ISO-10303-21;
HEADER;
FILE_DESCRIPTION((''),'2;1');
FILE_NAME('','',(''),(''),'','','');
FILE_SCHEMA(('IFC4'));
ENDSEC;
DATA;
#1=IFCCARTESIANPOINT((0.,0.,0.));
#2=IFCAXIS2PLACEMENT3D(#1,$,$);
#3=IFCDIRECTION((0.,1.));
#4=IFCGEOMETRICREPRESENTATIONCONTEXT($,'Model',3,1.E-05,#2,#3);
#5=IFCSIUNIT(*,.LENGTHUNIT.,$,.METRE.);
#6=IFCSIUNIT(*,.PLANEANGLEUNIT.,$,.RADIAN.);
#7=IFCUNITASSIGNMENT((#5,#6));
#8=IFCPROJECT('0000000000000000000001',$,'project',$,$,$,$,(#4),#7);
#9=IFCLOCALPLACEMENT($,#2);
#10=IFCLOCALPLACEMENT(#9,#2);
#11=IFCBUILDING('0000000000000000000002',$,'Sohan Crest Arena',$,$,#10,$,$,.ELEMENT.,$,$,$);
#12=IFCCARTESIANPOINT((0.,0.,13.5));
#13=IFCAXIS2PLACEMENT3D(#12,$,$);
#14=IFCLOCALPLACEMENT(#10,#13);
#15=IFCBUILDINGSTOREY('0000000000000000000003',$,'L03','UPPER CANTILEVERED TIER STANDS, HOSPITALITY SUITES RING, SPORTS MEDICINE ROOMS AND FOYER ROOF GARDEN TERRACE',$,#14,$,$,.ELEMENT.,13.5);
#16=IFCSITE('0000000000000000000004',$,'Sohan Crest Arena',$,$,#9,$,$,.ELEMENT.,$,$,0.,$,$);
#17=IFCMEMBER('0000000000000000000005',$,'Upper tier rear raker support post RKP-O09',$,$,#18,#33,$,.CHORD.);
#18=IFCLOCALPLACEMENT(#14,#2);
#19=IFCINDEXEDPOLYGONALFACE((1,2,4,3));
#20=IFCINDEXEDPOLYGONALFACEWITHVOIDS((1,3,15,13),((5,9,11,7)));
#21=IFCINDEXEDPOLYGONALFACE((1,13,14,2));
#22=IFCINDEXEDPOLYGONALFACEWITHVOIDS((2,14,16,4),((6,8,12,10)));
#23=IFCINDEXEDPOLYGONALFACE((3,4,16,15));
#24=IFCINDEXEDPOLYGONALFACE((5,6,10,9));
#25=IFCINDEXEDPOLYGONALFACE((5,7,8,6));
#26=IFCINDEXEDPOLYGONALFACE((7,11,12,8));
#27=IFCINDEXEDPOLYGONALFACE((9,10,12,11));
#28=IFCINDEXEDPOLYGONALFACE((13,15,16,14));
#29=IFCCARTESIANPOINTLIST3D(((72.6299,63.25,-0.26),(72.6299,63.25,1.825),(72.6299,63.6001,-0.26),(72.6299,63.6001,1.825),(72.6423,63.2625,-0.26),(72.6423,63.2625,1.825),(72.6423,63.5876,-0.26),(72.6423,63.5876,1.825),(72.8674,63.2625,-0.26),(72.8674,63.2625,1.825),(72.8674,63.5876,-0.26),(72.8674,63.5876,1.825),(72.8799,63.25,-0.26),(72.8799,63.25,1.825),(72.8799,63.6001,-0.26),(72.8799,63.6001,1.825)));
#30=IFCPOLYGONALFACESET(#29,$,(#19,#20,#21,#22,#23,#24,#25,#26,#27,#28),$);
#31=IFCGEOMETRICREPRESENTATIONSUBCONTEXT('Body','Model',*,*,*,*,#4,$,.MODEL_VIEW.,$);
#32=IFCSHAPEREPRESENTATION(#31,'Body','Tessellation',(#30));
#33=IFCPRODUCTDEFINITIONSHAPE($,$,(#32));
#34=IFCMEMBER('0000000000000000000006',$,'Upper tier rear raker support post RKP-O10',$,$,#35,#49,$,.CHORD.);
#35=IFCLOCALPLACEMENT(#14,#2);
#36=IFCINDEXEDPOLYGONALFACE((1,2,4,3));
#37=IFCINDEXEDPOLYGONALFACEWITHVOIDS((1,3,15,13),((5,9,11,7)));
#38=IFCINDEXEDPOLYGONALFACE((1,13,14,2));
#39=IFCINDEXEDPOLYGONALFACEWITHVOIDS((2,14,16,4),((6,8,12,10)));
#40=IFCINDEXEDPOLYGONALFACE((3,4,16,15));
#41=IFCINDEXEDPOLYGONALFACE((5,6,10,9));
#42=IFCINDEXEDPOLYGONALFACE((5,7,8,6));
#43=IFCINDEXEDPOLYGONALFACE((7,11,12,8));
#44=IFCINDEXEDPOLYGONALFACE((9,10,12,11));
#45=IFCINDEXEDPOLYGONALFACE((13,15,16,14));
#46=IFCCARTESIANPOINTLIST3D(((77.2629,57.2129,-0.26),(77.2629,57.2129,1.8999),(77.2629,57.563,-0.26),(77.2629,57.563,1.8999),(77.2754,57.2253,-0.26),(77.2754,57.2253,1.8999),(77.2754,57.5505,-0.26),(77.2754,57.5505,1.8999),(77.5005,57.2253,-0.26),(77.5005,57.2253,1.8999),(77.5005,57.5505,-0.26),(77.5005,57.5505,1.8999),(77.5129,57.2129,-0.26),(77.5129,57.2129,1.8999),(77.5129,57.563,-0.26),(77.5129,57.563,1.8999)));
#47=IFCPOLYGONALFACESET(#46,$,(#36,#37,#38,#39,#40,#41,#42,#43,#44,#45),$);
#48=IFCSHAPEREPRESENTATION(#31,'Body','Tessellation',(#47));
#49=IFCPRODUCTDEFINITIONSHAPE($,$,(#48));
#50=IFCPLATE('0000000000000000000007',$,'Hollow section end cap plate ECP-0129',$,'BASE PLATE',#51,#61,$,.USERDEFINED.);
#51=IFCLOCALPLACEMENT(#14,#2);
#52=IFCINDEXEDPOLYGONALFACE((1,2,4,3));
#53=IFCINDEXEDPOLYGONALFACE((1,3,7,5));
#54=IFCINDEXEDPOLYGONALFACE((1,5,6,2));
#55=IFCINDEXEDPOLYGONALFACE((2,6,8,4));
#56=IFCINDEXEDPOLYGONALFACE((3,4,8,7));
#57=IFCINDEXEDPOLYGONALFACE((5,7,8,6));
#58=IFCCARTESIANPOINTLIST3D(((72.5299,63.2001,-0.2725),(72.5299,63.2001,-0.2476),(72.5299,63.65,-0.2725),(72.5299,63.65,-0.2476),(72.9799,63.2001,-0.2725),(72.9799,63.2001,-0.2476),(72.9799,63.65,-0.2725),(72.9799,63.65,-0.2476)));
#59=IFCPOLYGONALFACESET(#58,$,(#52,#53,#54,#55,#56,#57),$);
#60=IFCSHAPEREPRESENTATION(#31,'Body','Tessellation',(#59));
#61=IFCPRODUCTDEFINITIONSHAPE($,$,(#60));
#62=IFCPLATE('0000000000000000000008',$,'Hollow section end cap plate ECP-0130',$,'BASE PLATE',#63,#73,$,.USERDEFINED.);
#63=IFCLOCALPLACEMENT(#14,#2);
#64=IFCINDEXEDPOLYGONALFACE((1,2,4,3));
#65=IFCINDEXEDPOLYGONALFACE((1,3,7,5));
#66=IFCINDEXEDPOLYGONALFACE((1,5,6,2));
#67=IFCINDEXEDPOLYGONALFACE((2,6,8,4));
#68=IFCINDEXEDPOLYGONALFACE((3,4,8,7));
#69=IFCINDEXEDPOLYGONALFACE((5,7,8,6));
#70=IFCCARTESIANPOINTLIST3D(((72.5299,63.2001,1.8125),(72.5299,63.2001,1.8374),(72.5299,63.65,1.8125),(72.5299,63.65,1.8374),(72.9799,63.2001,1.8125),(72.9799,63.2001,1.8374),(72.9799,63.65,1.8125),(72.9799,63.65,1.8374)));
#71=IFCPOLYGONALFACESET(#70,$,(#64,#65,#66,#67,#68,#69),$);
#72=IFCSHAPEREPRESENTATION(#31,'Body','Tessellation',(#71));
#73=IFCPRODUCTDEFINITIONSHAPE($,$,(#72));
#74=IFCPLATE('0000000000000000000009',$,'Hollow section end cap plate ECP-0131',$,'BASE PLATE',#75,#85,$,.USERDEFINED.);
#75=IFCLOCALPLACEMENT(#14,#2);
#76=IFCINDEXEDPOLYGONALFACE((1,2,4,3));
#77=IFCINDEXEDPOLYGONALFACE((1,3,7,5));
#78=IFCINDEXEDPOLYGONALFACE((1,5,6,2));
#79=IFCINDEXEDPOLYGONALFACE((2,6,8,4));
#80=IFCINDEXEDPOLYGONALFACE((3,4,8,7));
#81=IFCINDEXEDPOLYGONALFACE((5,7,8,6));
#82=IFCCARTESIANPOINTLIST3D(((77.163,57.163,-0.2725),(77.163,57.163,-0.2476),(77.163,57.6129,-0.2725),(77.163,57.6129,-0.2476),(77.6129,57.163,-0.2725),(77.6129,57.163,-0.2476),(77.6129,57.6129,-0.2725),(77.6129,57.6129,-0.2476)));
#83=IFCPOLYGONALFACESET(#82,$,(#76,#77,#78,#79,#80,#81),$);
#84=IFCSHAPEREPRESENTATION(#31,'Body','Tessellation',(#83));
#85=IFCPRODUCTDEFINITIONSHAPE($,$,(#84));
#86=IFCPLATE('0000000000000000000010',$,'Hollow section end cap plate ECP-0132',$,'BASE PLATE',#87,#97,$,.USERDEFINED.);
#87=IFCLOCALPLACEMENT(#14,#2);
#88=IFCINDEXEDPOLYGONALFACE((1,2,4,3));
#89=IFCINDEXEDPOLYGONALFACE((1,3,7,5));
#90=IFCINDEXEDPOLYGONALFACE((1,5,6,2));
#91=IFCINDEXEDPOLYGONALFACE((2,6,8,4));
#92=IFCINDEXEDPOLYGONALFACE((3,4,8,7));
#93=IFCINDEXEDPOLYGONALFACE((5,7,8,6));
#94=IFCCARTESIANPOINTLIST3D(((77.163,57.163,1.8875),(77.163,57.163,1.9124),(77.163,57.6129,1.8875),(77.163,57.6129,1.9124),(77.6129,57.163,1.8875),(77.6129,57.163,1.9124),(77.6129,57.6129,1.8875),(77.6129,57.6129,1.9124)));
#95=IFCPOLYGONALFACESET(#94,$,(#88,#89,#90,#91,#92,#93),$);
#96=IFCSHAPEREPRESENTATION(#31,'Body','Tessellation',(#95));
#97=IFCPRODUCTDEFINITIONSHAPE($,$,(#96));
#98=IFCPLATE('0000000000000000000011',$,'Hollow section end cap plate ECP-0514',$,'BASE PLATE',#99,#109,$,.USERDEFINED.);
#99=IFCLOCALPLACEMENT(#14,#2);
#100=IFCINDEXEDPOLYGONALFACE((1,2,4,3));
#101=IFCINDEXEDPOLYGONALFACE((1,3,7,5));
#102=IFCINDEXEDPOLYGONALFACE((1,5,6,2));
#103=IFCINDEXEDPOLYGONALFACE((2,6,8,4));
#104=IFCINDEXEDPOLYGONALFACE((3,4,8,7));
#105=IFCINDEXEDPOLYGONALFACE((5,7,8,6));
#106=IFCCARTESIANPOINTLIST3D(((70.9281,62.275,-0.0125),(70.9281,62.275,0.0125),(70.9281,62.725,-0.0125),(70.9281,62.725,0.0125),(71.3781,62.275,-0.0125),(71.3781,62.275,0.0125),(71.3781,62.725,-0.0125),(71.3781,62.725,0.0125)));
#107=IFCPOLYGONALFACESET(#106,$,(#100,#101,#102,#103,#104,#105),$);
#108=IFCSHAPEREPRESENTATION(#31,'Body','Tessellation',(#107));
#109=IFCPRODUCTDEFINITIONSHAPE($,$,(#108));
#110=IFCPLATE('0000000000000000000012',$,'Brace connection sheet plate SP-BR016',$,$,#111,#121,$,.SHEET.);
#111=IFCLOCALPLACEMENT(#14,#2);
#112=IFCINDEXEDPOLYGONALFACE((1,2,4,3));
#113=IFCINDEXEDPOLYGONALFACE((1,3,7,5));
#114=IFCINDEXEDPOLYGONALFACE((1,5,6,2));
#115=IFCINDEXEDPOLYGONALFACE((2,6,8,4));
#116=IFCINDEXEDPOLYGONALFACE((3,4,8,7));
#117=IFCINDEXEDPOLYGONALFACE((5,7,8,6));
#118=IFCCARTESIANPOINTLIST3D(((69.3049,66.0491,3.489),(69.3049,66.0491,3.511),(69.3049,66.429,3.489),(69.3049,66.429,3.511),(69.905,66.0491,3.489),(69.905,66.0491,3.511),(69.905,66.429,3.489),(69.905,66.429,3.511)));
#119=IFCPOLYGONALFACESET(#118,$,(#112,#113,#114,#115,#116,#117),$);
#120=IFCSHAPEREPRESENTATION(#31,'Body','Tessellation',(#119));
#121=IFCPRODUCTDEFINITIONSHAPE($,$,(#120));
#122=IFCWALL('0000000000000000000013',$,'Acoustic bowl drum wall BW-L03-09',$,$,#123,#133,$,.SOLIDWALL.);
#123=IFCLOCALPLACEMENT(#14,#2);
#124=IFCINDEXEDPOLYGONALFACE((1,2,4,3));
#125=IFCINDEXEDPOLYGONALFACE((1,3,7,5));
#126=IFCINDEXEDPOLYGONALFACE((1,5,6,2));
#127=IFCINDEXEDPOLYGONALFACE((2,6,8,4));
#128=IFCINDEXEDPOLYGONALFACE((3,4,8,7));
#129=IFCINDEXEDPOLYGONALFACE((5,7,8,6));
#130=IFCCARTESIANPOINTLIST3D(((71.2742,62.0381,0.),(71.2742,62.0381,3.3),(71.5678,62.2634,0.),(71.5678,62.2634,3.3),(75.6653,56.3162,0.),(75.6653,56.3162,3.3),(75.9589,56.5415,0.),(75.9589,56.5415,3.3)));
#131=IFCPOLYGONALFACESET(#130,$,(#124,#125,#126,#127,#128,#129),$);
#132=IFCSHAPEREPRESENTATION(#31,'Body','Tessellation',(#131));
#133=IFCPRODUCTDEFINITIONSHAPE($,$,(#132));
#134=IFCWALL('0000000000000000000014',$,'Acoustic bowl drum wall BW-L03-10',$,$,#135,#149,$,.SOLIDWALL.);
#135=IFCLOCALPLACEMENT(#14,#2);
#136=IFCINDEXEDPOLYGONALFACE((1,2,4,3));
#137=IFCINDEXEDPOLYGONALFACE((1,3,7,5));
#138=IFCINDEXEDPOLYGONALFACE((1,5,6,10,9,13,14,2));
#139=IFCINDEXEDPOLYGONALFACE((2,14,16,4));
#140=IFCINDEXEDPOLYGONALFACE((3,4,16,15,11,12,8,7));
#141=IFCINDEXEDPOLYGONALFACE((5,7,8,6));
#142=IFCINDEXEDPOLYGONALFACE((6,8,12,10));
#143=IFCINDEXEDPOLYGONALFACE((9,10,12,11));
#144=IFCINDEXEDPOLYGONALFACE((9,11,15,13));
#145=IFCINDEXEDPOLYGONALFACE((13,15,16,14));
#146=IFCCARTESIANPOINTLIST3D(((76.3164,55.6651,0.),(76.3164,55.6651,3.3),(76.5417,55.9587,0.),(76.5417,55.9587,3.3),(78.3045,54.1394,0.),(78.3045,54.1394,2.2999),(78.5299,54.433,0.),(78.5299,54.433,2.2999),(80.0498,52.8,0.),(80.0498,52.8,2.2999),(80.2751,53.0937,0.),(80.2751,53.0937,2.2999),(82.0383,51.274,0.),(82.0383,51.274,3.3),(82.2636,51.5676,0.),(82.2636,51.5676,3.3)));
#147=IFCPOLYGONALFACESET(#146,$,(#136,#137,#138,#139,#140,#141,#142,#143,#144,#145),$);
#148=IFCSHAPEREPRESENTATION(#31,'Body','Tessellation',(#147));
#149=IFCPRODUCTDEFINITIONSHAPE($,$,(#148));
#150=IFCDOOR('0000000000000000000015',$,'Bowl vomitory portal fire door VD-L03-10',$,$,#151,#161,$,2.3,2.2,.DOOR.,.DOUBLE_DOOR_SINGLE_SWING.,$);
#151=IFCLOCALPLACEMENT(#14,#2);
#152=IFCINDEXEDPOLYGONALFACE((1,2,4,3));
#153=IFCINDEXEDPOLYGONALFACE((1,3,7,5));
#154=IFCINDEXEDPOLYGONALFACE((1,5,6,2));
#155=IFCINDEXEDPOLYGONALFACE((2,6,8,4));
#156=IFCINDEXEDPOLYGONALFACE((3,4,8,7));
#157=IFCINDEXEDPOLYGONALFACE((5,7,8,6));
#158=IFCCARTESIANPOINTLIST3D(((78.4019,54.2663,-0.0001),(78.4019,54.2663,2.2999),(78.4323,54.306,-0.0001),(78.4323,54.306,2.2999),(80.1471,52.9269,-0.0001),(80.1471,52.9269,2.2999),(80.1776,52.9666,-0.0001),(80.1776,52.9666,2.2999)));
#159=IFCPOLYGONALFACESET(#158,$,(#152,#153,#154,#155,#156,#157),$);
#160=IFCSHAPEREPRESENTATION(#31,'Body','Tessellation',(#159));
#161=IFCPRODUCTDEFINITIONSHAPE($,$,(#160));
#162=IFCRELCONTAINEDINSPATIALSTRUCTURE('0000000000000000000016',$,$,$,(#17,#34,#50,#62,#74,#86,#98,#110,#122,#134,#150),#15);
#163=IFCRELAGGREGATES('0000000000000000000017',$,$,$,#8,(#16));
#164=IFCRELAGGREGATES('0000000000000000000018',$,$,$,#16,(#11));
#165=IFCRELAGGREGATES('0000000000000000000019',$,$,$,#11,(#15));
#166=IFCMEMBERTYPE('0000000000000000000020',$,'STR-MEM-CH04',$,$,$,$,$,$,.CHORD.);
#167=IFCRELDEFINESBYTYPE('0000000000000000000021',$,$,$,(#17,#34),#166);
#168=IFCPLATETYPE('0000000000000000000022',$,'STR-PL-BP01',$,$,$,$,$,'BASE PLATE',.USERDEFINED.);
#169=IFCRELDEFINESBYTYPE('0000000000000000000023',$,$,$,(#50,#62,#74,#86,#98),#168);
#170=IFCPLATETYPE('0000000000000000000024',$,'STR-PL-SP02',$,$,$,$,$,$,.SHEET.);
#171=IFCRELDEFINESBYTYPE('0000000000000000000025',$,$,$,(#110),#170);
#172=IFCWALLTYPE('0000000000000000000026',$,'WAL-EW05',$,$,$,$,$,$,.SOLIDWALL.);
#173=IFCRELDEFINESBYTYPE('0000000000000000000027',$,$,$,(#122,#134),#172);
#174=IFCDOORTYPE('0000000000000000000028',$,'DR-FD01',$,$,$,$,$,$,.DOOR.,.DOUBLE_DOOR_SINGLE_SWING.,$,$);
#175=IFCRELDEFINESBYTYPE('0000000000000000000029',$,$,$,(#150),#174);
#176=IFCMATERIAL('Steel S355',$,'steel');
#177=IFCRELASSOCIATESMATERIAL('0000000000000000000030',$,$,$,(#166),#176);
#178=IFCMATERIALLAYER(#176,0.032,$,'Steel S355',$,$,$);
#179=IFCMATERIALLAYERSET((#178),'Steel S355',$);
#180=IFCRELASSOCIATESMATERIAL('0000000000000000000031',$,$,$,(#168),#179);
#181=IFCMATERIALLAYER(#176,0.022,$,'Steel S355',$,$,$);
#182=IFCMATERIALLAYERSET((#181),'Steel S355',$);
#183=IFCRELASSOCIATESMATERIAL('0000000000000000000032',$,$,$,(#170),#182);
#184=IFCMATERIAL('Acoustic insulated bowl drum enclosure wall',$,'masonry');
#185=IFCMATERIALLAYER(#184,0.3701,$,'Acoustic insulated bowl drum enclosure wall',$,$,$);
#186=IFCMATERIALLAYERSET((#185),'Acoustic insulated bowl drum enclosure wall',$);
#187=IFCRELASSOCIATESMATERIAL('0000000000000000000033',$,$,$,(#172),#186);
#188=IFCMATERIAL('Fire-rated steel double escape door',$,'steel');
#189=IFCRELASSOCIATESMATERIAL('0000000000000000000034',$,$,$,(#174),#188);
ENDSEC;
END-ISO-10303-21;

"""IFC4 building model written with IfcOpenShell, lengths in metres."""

from ifc_helpers import new_model, si_unit, direction, frame, frame_2d, origin, origin_2d, place, context, subcontext, project, spatial, rectangle, hollow_rectangle, extrude, material, layer, layer_set, material_profile, profile_set, type_object, element, fill, save


model = new_model("IFC4")

# Units and contexts
model_context = context("Model", 3, precision=1e-05, world=origin(), true_north=direction((0.0, 1.0)))
body_context = subcontext(model_context, "Body", "Model", "MODEL_VIEW")
ifc_project = project(units=[si_unit("LENGTHUNIT", "METRE"), si_unit("PLANEANGLEUNIT", "RADIAN")], contexts=[model_context])

# Site, building, storey
site_placement = place(None, origin())
site = spatial("IfcSite", under=ifc_project, at=site_placement, Name="Sohan Crest Arena", CompositionType="ELEMENT", RefElevation=0.0)
building_placement = place(site_placement, origin())
building = spatial("IfcBuilding", under=site, at=building_placement, Name="Sohan Crest Arena", CompositionType="ELEMENT")
storey_placement = place(building_placement, frame((0.0, 0.0, 13.5)))
storey = spatial("IfcBuildingStorey", under=building, at=storey_placement, Name="L03", Description="UPPER CANTILEVERED TIER STANDS, HOSPITALITY SUITES RING, SPORTS MEDICINE ROOMS AND FOYER ROOF GARDEN TERRACE", CompositionType="ELEMENT", Elevation=13.5)

# Shared definitions
ifc_material_1 = material(Name="Steel S355", Category="steel")

# Members
ifc_material_profile_1 = material_profile(ifc_material_1, hollow_rectangle(XDim=0.25, YDim=0.3501, WallThickness=0.0125, at=origin_2d()), Name="RHS 350x250x12.5")
ifc_profile_set_1 = profile_set([ifc_material_profile_1], Name="Steel S355")
member_type_1 = type_object("IfcMemberType", Name="STR-MEM-CH04", PredefinedType="CHORD", material=ifc_profile_set_1)
member_1_placement = place(storey_placement, frame((72.7549, 63.425, -0.26), z_axis=(0.0, 0.0, 1.0), x_axis=(1.0, 0.0, 0.0)))
element("IfcMember", 1, at=member_1_placement, inside=storey, type_object=member_type_1, Name="Upper tier rear raker support post RKP-O09", PredefinedType="CHORD", context=body_context, shape_type="SweptSolid", body=[
    extrude(hollow_rectangle(XDim=0.25, YDim=0.3501, WallThickness=0.0125, at=origin_2d()), origin(), (0.0, 0.0, 1.0), 2.085),
])
member_2_placement = place(storey_placement, frame((77.3879, 57.3879, -0.26), z_axis=(0.0, 0.0, 1.0), x_axis=(1.0, 0.0, 0.0)))
element("IfcMember", 2, at=member_2_placement, inside=storey, type_object=member_type_1, Name="Upper tier rear raker support post RKP-O10", PredefinedType="CHORD", context=body_context, shape_type="SweptSolid", body=[
    extrude(hollow_rectangle(XDim=0.25, YDim=0.3501, WallThickness=0.0125, at=origin_2d()), origin(), (0.0, 0.0, 1.0), 2.1599),
])

# Plates
ifc_layer_1 = layer(ifc_material_1, 0.032, Name="Steel S355")
ifc_layer_set_1 = layer_set([ifc_layer_1], Name="Steel S355")
plate_type_1 = type_object("IfcPlateType", Name="STR-PL-BP01", ElementType="BASE PLATE", PredefinedType="USERDEFINED", material=ifc_layer_set_1)
for number, where, z_axis, x_axis, name in (
    (3, (72.7549, 63.425, -0.2725), (0.0, 0.0, 1.0), (1.0, 0.0, 0.0), "Hollow section end cap plate ECP-0129"),
    (4, (72.7549, 63.425, 1.8125), (0.0, 0.0, 1.0), (1.0, 0.0, 0.0), "Hollow section end cap plate ECP-0130"),
    (5, (77.3879, 57.3879, -0.2725), (0.0, 0.0, 1.0), (1.0, 0.0, 0.0), "Hollow section end cap plate ECP-0131"),
    (6, (77.3879, 57.3879, 1.8875), (0.0, 0.0, 1.0), (1.0, 0.0, 0.0), "Hollow section end cap plate ECP-0132"),
    (7, (71.1531, 62.5, -0.0125), (0.0, 0.0, 1.0), (1.0, 0.0, 0.0), "Hollow section end cap plate ECP-0514"),
):
    element("IfcPlate", number, at=place(storey_placement, frame(where, z_axis=z_axis, x_axis=x_axis)), inside=storey, type_object=plate_type_1, Name=name, ObjectType="BASE PLATE", PredefinedType="USERDEFINED", context=body_context, shape_type="SweptSolid", body=[
        extrude(rectangle(XDim=0.45, YDim=0.45, at=origin_2d()), origin(), (0.0, 0.0, 1.0), 0.0249),
    ])
ifc_layer_2 = layer(ifc_material_1, 0.022, Name="Steel S355")
ifc_layer_set_2 = layer_set([ifc_layer_2], Name="Steel S355")
plate_type_2 = type_object("IfcPlateType", Name="STR-PL-SP02", PredefinedType="SHEET", material=ifc_layer_set_2)
plate_placement = place(storey_placement, frame((69.605, 66.239, 3.489), z_axis=(0.0, 0.0, 1.0), x_axis=(1.0, 0.0, 0.0)))
element("IfcPlate", 8, at=plate_placement, inside=storey, type_object=plate_type_2, Name="Brace connection sheet plate SP-BR016", PredefinedType="SHEET", context=body_context, shape_type="SweptSolid", body=[
    extrude(rectangle(XDim=0.6001, YDim=0.3799, at=origin_2d()), origin(), (0.0, 0.0, 1.0), 0.022),
])

# Wall
ifc_material_2 = material(Name="Acoustic insulated bowl drum enclosure wall", Category="masonry")
ifc_layer_3 = layer(ifc_material_2, 0.3701, Name="Acoustic insulated bowl drum enclosure wall")
ifc_layer_set_3 = layer_set([ifc_layer_3], Name="Acoustic insulated bowl drum enclosure wall")
wall_type = type_object("IfcWallType", Name="WAL-EW05", PredefinedType="SOLIDWALL", material=ifc_layer_set_3)
wall_1_placement = place(storey_placement, frame((71.4209, 62.1509, 0.0), z_axis=(0.0, 0.0, 1.0), x_axis=(0.608807, -0.793318, 0.0)))
element("IfcWall", 9, at=wall_1_placement, inside=storey, type_object=wall_type, Name="Acoustic bowl drum wall BW-L03-09", PredefinedType="SOLIDWALL", context=body_context, shape_type="SweptSolid", body=[
    extrude(rectangle(XDim=7.2126, YDim=0.3701, at=frame_2d((3.6064, 0.0))), origin(), (0.0, 0.0, 1.0), 3.3),
])

# Wall, opening, door
wall_2_placement = place(storey_placement, frame((76.429, 55.812, 0.0), z_axis=(0.0, 0.0, 1.0), x_axis=(0.793318, -0.608807, 0.0)))
wall_2 = element("IfcWall", 10, at=wall_2_placement, inside=storey, type_object=wall_type, Name="Acoustic bowl drum wall BW-L03-10", PredefinedType="SOLIDWALL", context=body_context, shape_type="SweptSolid", body=[
    extrude(rectangle(XDim=7.2126, YDim=0.3701, at=frame_2d((3.6064, 0.0))), origin(), (0.0, 0.0, 1.0), 3.3),
])
opening_placement = place(wall_2_placement, frame((2.5061, 0.0, 0.0)))
opening = element("IfcOpeningElement", 11, at=opening_placement, cuts=wall_2, PredefinedType="OPENING", context=body_context, shape_type="SweptSolid", body=[
    extrude(rectangle(XDim=2.2, YDim=2.3, at=frame_2d((1.1001, 1.1499))), frame((0.0, 0.1951, 0.0), z_axis=(0.0, -1.0, 0.0), x_axis=(1.0, 0.0, 0.0)), (0.0, 0.0, 1.0), 0.3901),
])
ifc_material_3 = material(Name="Fire-rated steel double escape door", Category="steel")
door_type = type_object("IfcDoorType", Name="DR-FD01", OperationType="DOUBLE_DOOR_SINGLE_SWING", PredefinedType="DOOR", material=ifc_material_3)
door_placement = place(opening_placement, origin())
door = element("IfcDoor", 12, at=door_placement, inside=storey, type_object=door_type, Name="Bowl vomitory portal fire door VD-L03-10", OperationType="DOUBLE_DOOR_SINGLE_SWING", OverallHeight=2.3, OverallWidth=2.2, PredefinedType="DOOR", context=body_context, shape_type="SweptSolid", body=[
    extrude(rectangle(XDim=2.2, YDim=2.3, at=frame_2d((1.1001, 1.1499))), frame((0.0, 0.0249, 0.0), z_axis=(0.0, -1.0, 0.0), x_axis=(1.0, 0.0, 0.0)), (0.0, 0.0, 1.0), 0.05),
])
fill(opening, door)

save(model, "model.ifc")
